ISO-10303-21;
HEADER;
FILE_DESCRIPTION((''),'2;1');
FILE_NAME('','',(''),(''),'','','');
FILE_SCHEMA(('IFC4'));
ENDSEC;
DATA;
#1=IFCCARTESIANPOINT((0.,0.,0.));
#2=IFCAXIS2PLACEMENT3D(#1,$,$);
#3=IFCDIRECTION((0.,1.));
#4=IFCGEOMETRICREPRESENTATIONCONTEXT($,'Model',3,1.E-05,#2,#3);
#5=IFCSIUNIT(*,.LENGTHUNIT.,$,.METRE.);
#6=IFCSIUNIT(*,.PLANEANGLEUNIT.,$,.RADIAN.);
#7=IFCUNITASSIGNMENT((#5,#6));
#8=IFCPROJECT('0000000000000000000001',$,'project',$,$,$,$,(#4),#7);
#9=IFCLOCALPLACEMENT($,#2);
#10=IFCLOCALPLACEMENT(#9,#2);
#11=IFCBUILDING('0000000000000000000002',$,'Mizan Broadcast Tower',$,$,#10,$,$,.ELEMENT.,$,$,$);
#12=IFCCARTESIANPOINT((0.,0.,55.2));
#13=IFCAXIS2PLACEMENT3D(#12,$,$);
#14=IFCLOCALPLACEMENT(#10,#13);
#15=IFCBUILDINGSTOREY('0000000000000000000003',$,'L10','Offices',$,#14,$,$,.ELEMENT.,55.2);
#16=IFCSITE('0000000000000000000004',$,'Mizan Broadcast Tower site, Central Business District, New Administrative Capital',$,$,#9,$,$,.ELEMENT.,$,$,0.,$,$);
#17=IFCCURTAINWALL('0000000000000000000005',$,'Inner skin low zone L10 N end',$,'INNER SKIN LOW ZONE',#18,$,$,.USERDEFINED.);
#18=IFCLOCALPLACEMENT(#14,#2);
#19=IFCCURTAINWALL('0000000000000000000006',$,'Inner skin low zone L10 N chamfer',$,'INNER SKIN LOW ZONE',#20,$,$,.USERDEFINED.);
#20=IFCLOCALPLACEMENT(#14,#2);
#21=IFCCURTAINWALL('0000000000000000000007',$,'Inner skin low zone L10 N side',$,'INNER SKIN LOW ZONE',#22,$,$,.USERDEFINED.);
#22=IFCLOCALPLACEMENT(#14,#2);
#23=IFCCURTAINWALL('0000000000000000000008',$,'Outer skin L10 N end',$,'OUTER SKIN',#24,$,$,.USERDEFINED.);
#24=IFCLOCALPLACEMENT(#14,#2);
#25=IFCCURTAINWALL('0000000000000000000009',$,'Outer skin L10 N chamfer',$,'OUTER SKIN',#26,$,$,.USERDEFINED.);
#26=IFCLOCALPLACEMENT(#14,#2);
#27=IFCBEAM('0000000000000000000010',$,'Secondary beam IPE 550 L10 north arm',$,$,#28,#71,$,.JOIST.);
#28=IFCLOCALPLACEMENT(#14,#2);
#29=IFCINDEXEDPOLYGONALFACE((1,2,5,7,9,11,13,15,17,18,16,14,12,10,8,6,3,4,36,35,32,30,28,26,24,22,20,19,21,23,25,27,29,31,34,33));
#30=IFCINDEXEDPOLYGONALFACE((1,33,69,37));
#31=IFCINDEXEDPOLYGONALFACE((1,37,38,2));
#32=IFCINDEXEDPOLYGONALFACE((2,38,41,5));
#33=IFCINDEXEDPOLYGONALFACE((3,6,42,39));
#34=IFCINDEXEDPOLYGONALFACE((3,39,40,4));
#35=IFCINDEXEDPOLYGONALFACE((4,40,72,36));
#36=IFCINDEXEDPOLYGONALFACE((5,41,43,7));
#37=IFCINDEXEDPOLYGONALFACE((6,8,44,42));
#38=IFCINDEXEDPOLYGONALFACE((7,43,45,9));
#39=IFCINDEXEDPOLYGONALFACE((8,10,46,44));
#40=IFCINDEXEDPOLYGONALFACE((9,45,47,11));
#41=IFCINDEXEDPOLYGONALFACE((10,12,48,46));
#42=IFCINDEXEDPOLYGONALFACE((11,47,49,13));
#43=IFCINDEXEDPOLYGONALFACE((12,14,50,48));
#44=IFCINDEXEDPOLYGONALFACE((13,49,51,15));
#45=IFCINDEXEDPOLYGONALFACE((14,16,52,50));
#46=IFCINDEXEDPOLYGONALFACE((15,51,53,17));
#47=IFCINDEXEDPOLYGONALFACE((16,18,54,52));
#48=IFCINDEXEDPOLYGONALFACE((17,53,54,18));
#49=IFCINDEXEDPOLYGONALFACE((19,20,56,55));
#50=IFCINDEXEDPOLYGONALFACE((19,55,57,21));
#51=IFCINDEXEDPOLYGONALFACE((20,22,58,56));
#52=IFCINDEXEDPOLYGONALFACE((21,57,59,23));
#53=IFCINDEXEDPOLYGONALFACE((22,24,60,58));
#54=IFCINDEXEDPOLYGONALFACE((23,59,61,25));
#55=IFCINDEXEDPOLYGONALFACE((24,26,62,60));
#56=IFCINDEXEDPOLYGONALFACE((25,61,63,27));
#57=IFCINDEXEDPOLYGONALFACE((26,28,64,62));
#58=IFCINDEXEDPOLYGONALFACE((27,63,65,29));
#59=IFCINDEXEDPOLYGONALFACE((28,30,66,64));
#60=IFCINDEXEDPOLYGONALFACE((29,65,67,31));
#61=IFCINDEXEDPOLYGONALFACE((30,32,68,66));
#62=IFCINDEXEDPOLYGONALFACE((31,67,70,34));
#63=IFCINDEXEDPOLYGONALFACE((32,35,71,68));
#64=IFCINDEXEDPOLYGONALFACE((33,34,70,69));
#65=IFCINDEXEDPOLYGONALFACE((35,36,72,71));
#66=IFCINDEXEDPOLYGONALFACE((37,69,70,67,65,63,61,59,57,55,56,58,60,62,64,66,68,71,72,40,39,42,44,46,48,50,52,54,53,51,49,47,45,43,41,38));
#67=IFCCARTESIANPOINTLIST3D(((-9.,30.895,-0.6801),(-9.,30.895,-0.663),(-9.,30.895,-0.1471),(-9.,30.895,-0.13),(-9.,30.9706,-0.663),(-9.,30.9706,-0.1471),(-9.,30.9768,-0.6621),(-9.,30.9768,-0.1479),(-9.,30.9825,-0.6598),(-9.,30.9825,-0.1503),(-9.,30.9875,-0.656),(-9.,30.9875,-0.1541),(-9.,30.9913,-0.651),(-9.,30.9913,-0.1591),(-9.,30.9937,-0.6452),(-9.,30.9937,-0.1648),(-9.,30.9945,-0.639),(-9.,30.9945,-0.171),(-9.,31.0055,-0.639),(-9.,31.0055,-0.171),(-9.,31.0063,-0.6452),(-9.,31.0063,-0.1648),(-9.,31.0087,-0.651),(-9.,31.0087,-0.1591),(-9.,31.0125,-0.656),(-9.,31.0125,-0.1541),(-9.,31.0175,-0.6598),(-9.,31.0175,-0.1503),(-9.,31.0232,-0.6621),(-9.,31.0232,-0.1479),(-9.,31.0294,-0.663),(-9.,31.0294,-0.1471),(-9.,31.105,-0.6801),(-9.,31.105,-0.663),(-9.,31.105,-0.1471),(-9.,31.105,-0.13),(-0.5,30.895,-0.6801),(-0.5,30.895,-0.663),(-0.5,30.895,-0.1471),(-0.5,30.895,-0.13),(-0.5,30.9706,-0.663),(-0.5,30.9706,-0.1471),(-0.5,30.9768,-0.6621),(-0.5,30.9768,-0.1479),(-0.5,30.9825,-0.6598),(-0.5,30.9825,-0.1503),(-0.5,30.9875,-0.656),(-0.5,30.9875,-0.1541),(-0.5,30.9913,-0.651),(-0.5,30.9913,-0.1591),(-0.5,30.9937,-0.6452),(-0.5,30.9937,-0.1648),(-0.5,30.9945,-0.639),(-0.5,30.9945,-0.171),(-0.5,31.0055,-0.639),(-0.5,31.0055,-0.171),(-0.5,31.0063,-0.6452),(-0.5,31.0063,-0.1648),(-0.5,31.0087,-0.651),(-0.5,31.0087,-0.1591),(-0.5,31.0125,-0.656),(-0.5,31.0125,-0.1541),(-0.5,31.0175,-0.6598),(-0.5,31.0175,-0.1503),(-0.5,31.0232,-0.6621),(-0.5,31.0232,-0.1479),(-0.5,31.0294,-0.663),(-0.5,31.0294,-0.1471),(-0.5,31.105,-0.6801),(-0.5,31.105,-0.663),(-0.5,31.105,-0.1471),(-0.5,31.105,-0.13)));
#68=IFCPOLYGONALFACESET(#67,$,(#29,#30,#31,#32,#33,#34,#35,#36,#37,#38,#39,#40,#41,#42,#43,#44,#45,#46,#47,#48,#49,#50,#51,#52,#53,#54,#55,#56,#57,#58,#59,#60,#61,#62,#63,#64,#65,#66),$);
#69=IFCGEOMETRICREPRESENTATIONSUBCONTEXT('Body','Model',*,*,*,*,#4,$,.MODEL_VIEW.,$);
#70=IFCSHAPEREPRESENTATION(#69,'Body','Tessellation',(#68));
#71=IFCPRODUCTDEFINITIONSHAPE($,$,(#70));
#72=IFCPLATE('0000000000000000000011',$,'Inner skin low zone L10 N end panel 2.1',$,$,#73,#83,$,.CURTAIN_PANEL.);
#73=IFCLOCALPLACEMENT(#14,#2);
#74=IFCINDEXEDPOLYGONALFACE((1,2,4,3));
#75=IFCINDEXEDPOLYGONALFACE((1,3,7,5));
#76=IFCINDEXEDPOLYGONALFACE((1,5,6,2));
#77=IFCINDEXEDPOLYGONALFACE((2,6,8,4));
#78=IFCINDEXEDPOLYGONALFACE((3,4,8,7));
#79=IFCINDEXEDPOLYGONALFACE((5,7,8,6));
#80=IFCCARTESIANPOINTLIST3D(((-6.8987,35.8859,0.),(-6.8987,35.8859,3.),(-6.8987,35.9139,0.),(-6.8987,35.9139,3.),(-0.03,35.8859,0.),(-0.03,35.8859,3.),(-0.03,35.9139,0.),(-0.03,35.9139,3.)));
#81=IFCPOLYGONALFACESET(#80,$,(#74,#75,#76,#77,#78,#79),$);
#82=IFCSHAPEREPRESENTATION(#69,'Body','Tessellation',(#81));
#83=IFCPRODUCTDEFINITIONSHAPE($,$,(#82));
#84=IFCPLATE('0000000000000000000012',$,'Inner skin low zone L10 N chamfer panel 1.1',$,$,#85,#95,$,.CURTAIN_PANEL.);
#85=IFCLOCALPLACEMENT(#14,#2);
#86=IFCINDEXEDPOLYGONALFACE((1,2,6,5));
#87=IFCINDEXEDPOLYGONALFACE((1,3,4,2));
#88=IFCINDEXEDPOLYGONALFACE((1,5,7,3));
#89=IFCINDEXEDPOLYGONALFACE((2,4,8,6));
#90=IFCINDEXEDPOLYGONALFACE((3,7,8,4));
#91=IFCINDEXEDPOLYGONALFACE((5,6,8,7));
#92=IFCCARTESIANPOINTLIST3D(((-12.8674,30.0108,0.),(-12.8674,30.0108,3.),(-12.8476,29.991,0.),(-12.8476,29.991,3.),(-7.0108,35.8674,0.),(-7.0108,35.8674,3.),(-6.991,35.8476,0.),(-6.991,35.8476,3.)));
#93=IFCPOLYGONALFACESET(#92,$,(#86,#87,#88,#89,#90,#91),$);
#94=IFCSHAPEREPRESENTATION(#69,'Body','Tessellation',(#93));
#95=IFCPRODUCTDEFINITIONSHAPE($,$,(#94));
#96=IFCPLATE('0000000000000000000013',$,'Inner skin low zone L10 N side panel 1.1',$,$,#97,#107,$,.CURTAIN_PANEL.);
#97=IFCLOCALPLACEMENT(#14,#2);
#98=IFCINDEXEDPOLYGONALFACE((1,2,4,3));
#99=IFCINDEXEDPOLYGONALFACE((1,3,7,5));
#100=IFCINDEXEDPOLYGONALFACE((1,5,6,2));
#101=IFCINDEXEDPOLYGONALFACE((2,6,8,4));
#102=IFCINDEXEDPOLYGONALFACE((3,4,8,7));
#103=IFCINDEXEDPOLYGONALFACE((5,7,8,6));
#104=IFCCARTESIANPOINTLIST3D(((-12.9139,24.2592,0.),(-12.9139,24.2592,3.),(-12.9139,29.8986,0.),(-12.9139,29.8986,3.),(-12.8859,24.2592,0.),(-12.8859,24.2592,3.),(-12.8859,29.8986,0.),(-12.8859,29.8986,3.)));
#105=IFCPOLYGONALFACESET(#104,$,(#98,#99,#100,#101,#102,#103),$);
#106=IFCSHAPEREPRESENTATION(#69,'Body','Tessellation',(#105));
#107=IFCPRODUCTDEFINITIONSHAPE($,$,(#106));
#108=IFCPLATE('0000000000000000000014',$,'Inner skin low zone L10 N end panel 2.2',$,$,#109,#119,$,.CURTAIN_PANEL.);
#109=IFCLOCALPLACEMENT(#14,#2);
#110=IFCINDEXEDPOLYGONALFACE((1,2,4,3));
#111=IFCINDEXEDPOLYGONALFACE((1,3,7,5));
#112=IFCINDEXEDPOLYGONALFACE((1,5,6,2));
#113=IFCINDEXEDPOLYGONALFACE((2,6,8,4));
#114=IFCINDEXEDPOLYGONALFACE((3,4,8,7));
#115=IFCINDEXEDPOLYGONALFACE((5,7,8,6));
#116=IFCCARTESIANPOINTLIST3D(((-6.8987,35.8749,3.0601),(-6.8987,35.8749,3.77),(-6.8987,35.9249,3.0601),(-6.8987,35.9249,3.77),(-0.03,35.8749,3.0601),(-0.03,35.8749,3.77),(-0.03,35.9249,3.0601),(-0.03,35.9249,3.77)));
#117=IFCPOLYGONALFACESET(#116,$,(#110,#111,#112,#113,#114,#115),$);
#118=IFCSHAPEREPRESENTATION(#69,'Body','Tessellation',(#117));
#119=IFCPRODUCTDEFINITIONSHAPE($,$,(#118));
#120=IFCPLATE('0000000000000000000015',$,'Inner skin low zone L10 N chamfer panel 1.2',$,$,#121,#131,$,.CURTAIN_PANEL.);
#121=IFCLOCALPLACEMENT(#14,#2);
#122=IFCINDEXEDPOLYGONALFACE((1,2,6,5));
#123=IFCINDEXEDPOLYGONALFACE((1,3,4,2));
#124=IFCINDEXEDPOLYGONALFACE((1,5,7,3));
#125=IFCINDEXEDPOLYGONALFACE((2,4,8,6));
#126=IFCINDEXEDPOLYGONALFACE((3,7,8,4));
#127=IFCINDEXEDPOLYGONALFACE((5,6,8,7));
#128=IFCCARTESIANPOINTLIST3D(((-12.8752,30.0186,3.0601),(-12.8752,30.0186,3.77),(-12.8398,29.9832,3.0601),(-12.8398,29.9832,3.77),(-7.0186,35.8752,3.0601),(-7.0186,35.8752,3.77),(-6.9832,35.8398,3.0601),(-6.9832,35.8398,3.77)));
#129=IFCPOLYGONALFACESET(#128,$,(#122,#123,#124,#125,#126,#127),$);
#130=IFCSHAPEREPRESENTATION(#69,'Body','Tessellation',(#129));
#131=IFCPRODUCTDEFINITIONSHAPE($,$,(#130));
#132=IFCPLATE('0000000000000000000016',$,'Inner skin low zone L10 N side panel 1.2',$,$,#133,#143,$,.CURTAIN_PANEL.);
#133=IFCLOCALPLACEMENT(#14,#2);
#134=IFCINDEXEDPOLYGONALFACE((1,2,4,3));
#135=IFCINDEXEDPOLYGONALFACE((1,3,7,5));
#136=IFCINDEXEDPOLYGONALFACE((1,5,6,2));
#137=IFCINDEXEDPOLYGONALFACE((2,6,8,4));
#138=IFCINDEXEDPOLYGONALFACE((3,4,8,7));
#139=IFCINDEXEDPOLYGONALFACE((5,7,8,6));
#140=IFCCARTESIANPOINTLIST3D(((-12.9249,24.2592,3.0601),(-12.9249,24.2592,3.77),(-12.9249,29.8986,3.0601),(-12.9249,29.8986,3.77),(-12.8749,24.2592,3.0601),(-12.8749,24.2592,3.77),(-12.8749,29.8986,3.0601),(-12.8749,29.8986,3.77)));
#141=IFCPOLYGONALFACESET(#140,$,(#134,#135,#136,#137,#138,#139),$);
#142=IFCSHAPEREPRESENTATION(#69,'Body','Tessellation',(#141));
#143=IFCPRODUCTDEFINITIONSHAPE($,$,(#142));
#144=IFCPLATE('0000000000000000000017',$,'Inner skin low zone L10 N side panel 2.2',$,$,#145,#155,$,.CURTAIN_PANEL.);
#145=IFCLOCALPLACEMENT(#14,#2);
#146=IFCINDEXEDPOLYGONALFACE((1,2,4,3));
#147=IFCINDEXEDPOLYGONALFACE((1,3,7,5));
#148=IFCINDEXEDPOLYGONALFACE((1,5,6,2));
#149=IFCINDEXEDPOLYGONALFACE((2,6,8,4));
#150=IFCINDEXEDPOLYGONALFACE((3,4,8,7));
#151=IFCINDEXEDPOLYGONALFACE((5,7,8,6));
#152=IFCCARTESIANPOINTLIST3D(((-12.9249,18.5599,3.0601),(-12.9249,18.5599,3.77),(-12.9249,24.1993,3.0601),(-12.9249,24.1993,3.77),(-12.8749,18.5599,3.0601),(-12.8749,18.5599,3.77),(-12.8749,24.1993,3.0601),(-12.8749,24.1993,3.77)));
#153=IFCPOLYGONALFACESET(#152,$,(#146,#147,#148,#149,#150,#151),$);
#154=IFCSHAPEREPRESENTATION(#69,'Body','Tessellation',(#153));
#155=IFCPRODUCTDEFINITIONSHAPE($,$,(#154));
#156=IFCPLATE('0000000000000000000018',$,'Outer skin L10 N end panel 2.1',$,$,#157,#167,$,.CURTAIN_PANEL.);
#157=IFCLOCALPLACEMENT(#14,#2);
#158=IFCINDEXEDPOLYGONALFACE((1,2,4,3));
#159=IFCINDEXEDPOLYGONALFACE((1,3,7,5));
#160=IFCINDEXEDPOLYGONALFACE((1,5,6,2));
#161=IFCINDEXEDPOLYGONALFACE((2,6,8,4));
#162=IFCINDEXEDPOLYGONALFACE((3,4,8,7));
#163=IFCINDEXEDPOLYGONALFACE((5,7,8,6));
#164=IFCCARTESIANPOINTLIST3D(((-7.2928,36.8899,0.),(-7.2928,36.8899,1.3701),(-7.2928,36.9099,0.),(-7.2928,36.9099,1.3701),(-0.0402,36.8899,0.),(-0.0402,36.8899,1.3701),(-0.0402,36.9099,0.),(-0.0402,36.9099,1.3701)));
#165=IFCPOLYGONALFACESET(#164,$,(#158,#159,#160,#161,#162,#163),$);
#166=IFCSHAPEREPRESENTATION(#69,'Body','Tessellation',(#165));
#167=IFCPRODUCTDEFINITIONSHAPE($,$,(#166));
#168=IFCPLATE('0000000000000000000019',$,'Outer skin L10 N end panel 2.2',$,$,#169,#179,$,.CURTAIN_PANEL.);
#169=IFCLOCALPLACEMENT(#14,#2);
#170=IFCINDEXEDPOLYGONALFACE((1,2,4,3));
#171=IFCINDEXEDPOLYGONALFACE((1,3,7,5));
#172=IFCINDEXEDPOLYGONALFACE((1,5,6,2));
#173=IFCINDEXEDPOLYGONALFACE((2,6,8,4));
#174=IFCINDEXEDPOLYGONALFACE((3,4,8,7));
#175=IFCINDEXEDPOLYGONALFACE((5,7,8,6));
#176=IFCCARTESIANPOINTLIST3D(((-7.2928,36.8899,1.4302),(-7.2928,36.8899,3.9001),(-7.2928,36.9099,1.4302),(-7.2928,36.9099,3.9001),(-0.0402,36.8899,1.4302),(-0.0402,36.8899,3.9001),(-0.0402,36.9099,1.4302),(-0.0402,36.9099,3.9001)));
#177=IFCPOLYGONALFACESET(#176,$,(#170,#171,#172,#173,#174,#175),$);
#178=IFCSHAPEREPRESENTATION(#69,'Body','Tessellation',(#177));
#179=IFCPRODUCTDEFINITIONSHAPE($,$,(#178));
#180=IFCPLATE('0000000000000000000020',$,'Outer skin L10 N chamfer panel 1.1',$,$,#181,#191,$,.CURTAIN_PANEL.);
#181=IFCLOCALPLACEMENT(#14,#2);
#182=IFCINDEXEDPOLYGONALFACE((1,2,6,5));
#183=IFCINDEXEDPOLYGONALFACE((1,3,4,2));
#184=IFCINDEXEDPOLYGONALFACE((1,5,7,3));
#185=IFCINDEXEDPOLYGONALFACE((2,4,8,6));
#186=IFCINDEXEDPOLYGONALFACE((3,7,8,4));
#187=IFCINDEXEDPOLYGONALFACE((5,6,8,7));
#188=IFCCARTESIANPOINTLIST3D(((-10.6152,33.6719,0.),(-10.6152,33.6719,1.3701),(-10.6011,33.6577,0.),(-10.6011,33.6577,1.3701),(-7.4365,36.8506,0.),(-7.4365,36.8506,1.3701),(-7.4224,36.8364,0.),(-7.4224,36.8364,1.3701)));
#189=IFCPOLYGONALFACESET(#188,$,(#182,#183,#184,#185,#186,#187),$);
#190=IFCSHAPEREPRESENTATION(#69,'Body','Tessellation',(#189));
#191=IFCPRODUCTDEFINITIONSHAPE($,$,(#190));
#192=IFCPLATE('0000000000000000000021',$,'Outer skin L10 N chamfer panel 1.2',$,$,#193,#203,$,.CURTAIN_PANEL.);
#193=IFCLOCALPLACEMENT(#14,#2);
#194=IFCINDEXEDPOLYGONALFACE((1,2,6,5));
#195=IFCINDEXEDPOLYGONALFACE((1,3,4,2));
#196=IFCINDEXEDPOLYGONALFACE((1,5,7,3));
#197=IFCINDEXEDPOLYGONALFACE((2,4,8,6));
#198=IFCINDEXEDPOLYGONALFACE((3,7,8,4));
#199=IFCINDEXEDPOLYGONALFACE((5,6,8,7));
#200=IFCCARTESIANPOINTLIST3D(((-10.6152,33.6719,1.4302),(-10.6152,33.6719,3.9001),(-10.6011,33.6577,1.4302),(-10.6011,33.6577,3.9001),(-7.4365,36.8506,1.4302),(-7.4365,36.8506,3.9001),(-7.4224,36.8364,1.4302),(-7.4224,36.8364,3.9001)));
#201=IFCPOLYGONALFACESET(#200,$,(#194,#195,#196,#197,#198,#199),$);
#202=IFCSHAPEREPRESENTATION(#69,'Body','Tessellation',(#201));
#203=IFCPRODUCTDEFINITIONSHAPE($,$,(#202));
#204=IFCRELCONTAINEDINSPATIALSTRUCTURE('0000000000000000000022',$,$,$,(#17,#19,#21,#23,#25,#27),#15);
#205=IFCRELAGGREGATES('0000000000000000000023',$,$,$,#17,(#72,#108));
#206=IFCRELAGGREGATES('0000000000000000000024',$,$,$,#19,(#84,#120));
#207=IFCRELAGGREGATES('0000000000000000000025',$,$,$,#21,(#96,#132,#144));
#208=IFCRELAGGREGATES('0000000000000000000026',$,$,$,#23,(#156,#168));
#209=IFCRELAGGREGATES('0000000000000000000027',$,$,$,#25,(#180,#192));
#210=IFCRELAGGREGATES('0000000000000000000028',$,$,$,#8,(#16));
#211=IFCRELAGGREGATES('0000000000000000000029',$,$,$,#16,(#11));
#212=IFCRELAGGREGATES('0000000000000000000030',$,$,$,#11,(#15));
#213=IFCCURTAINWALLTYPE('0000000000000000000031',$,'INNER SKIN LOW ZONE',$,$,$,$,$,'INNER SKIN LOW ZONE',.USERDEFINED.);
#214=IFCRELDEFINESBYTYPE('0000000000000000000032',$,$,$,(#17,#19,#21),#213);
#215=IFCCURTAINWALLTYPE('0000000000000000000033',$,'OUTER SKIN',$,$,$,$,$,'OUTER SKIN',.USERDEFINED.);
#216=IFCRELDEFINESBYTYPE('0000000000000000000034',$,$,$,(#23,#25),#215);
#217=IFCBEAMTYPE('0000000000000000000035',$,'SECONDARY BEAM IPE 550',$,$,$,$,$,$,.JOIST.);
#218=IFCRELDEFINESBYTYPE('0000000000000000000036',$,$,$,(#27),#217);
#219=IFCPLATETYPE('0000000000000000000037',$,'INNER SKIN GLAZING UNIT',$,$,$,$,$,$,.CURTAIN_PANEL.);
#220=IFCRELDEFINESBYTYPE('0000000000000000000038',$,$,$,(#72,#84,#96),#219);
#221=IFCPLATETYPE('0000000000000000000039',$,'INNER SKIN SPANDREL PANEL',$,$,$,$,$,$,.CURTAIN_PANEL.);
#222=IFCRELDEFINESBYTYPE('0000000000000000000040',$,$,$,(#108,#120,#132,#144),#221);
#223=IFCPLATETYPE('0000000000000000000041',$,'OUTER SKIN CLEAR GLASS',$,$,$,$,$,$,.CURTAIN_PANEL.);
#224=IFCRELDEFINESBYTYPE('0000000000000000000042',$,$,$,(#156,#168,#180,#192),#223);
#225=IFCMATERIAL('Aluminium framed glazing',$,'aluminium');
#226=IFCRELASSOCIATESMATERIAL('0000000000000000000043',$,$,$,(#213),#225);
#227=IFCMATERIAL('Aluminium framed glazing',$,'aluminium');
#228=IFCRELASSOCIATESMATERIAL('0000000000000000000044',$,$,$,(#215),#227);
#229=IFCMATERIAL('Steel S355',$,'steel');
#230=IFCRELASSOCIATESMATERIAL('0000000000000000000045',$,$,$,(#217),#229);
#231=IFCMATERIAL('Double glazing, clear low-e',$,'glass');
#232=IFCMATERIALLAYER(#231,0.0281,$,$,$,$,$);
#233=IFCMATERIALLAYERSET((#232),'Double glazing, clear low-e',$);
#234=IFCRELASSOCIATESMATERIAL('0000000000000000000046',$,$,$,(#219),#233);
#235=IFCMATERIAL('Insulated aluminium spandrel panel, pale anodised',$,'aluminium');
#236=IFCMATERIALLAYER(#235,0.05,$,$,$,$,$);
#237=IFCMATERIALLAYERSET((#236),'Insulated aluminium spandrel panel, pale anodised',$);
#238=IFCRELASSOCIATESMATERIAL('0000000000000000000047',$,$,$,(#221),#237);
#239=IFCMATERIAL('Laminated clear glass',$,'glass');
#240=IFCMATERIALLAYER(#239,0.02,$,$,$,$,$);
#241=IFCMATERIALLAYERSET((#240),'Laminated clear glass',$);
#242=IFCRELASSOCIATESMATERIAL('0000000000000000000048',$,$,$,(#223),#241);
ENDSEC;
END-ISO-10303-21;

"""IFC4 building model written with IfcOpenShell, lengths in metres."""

from ifc_helpers import new_model, si_unit, direction, frame, origin, origin_2d, place, context, subcontext, project, spatial, rectangle, i_section, extrude, material, layer, layer_set, material_profile, profile_set, type_object, element, aggregate, save


model = new_model("IFC4")

# Units and contexts
model_context = context("Model", 3, precision=1e-05, world=origin(), true_north=direction((0.0, 1.0)))
body_context = subcontext(model_context, "Body", "Model", "MODEL_VIEW")
ifc_project = project(units=[si_unit("LENGTHUNIT", "METRE"), si_unit("PLANEANGLEUNIT", "RADIAN")], contexts=[model_context])

# Site, building, storey
site_placement = place(None, origin())
site = spatial("IfcSite", under=ifc_project, at=site_placement, Name="Mizan Broadcast Tower site, Central Business District, New Administrative Capital", CompositionType="ELEMENT", RefElevation=0.0)
building_placement = place(site_placement, origin())
building = spatial("IfcBuilding", under=site, at=building_placement, Name="Mizan Broadcast Tower", CompositionType="ELEMENT")
storey_placement = place(building_placement, frame((0.0, 0.0, 55.2)))
storey = spatial("IfcBuildingStorey", under=building, at=storey_placement, Name="L10", Description="Offices", CompositionType="ELEMENT", Elevation=55.2)

# Curtain walls
ifc_material_1 = material(Name="Aluminium framed glazing", Category="aluminium")
curtain_wall_type_1 = type_object("IfcCurtainWallType", Name="INNER SKIN LOW ZONE", ElementType="INNER SKIN LOW ZONE", PredefinedType="USERDEFINED", material=ifc_material_1)
curtain_wall_1_placement = place(storey_placement, origin())
curtain_wall_1 = element("IfcCurtainWall", 1, at=curtain_wall_1_placement, inside=storey, type_object=curtain_wall_type_1, Name="Inner skin low zone L10 N end", ObjectType="INNER SKIN LOW ZONE", PredefinedType="USERDEFINED")
curtain_wall_2_placement = place(storey_placement, origin())
curtain_wall_2 = element("IfcCurtainWall", 2, at=curtain_wall_2_placement, inside=storey, type_object=curtain_wall_type_1, Name="Inner skin low zone L10 N chamfer", ObjectType="INNER SKIN LOW ZONE", PredefinedType="USERDEFINED")
curtain_wall_3_placement = place(storey_placement, origin())
curtain_wall_3 = element("IfcCurtainWall", 3, at=curtain_wall_3_placement, inside=storey, type_object=curtain_wall_type_1, Name="Inner skin low zone L10 N side", ObjectType="INNER SKIN LOW ZONE", PredefinedType="USERDEFINED")

# Curtain walls
ifc_material_2 = material(Name="Aluminium framed glazing", Category="aluminium")
curtain_wall_type_2 = type_object("IfcCurtainWallType", Name="OUTER SKIN", ElementType="OUTER SKIN", PredefinedType="USERDEFINED", material=ifc_material_2)
curtain_wall_4_placement = place(storey_placement, origin())
curtain_wall_4 = element("IfcCurtainWall", 4, at=curtain_wall_4_placement, inside=storey, type_object=curtain_wall_type_2, Name="Outer skin L10 N end", ObjectType="OUTER SKIN", PredefinedType="USERDEFINED")
curtain_wall_5_placement = place(storey_placement, origin())
curtain_wall_5 = element("IfcCurtainWall", 5, at=curtain_wall_5_placement, inside=storey, type_object=curtain_wall_type_2, Name="Outer skin L10 N chamfer", ObjectType="OUTER SKIN", PredefinedType="USERDEFINED")

# Beam
ifc_material_3 = material(Name="Steel S355", Category="steel")
ifc_material_profile_1 = material_profile(ifc_material_3, i_section(OverallWidth=0.21, OverallDepth=0.55, WebThickness=0.011, FlangeThickness=0.0171, FilletRadius=0.0239, at=origin_2d()), Name="IPE 550")
ifc_profile_set_1 = profile_set([ifc_material_profile_1], Name="Steel S355")
beam_type_1 = type_object("IfcBeamType", Name="SECONDARY BEAM IPE 550", PredefinedType="JOIST", material=ifc_profile_set_1)
beam_1_placement = place(storey_placement, frame((-9.0, 31.0, -0.405), z_axis=(1.0, 0.0, 0.0), x_axis=(0.0, 1.0, 0.0)))
element("IfcBeam", 6, at=beam_1_placement, inside=storey, type_object=beam_type_1, Name="Secondary beam IPE 550 L10 north arm", PredefinedType="JOIST", context=body_context, shape_type="SweptSolid", body=[
    extrude(i_section(OverallWidth=0.21, OverallDepth=0.55, WebThickness=0.011, FlangeThickness=0.0171, FilletRadius=0.0239, at=origin_2d()), origin(), (0.0, 0.0, 1.0), 8.5),
])

# Plates
ifc_material_4 = material(Name="Double glazing, clear low-e", Category="glass")
ifc_layer_1 = layer(ifc_material_4, 0.0281)
ifc_layer_set_1 = layer_set([ifc_layer_1], Name="Double glazing, clear low-e")
plate_type_1 = type_object("IfcPlateType", Name="INNER SKIN GLAZING UNIT", PredefinedType="CURTAIN_PANEL", material=ifc_layer_set_1)
plate_1_placement = place(storey_placement, frame((-3.4644, 35.8999, 0.0), z_axis=(0.0, 0.0, 1.0), x_axis=(-1.0, 0.0, 0.0)))
plate_1 = element("IfcPlate", 7, at=plate_1_placement, type_object=plate_type_1, Name="Inner skin low zone L10 N end panel 2.1", PredefinedType="CURTAIN_PANEL", context=body_context, shape_type="SweptSolid", body=[
    extrude(rectangle(XDim=6.8687, YDim=0.0281, at=origin_2d()), origin(), (0.0, 0.0, 1.0), 3.0),
])
plate_2_placement = place(storey_placement, frame((-9.9292, 32.9292, 0.0), z_axis=(0.0, 0.0, 1.0), x_axis=(-0.707107, -0.707107, 0.0)))
plate_2 = element("IfcPlate", 8, at=plate_2_placement, type_object=plate_type_1, Name="Inner skin low zone L10 N chamfer panel 1.1", PredefinedType="CURTAIN_PANEL", context=body_context, shape_type="SweptSolid", body=[
    extrude(rectangle(XDim=8.2825, YDim=0.0281, at=origin_2d()), origin(), (0.0, 0.0, 1.0), 3.0),
])
plate_3_placement = place(storey_placement, frame((-12.8999, 27.0789, 0.0), z_axis=(0.0, 0.0, 1.0), x_axis=(0.0, -1.0, 0.0)))
plate_3 = element("IfcPlate", 9, at=plate_3_placement, type_object=plate_type_1, Name="Inner skin low zone L10 N side panel 1.1", PredefinedType="CURTAIN_PANEL", context=body_context, shape_type="SweptSolid", body=[
    extrude(rectangle(XDim=5.6394, YDim=0.0281, at=origin_2d()), origin(), (0.0, 0.0, 1.0), 3.0),
])
ifc_material_5 = material(Name="Insulated aluminium spandrel panel, pale anodised", Category="aluminium")
ifc_layer_2 = layer(ifc_material_5, 0.05)
ifc_layer_set_2 = layer_set([ifc_layer_2], Name="Insulated aluminium spandrel panel, pale anodised")
plate_type_2 = type_object("IfcPlateType", Name="INNER SKIN SPANDREL PANEL", PredefinedType="CURTAIN_PANEL", material=ifc_layer_set_2)
plate_4_placement = place(storey_placement, frame((-3.4644, 35.8999, 3.0601), z_axis=(0.0, 0.0, 1.0), x_axis=(-1.0, 0.0, 0.0)))
plate_4 = element("IfcPlate", 10, at=plate_4_placement, type_object=plate_type_2, Name="Inner skin low zone L10 N end panel 2.2", PredefinedType="CURTAIN_PANEL", context=body_context, shape_type="SweptSolid", body=[
    extrude(rectangle(XDim=6.8687, YDim=0.05, at=origin_2d()), origin(), (0.0, 0.0, 1.0), 0.71),
])
aggregate(curtain_wall_1, [plate_1, plate_4])
plate_5_placement = place(storey_placement, frame((-9.9292, 32.9292, 3.0601), z_axis=(0.0, 0.0, 1.0), x_axis=(-0.707107, -0.707107, 0.0)))
plate_5 = element("IfcPlate", 11, at=plate_5_placement, type_object=plate_type_2, Name="Inner skin low zone L10 N chamfer panel 1.2", PredefinedType="CURTAIN_PANEL", context=body_context, shape_type="SweptSolid", body=[
    extrude(rectangle(XDim=8.2825, YDim=0.05, at=origin_2d()), origin(), (0.0, 0.0, 1.0), 0.71),
])
aggregate(curtain_wall_2, [plate_2, plate_5])
plate_6_placement = place(storey_placement, frame((-12.8999, 27.0789, 3.0601), z_axis=(0.0, 0.0, 1.0), x_axis=(0.0, -1.0, 0.0)))
plate_6 = element("IfcPlate", 12, at=plate_6_placement, type_object=plate_type_2, Name="Inner skin low zone L10 N side panel 1.2", PredefinedType="CURTAIN_PANEL", context=body_context, shape_type="SweptSolid", body=[
    extrude(rectangle(XDim=5.6394, YDim=0.05, at=origin_2d()), origin(), (0.0, 0.0, 1.0), 0.71),
])
plate_7_placement = place(storey_placement, frame((-12.8999, 21.3796, 3.0601), z_axis=(0.0, 0.0, 1.0), x_axis=(0.0, -1.0, 0.0)))
plate_7 = element("IfcPlate", 13, at=plate_7_placement, type_object=plate_type_2, Name="Inner skin low zone L10 N side panel 2.2", PredefinedType="CURTAIN_PANEL", context=body_context, shape_type="SweptSolid", body=[
    extrude(rectangle(XDim=5.6394, YDim=0.05, at=origin_2d()), origin(), (0.0, 0.0, 1.0), 0.71),
])
aggregate(curtain_wall_3, [plate_3, plate_6, plate_7])
ifc_material_6 = material(Name="Laminated clear glass", Category="glass")
ifc_layer_3 = layer(ifc_material_6, 0.02)
ifc_layer_set_3 = layer_set([ifc_layer_3], Name="Laminated clear glass")
plate_type_3 = type_object("IfcPlateType", Name="OUTER SKIN CLEAR GLASS", PredefinedType="CURTAIN_PANEL", material=ifc_layer_set_3)
plate_8_placement = place(storey_placement, frame((-3.6665, 36.8999, 0.0), z_axis=(0.0, 0.0, 1.0), x_axis=(-1.0, 0.0, 0.0)))
plate_8 = element("IfcPlate", 14, at=plate_8_placement, type_object=plate_type_3, Name="Outer skin L10 N end panel 2.1", PredefinedType="CURTAIN_PANEL", context=body_context, shape_type="SweptSolid", body=[
    extrude(rectangle(XDim=7.2527, YDim=0.02, at=origin_2d()), origin(), (0.0, 0.0, 1.0), 1.3701),
])
plate_9_placement = place(storey_placement, frame((-3.6665, 36.8999, 1.4302), z_axis=(0.0, 0.0, 1.0), x_axis=(-1.0, 0.0, 0.0)))
plate_9 = element("IfcPlate", 15, at=plate_9_placement, type_object=plate_type_3, Name="Outer skin L10 N end panel 2.2", PredefinedType="CURTAIN_PANEL", context=body_context, shape_type="SweptSolid", body=[
    extrude(rectangle(XDim=7.2527, YDim=0.02, at=origin_2d()), origin(), (0.0, 0.0, 1.0), 2.47),
])
aggregate(curtain_wall_4, [plate_8, plate_9])
plate_10_placement = place(storey_placement, frame((-9.0188, 35.2542, 0.0), z_axis=(0.0, 0.0, 1.0), x_axis=(-0.707107, -0.707107, 0.0)))
plate_10 = element("IfcPlate", 16, at=plate_10_placement, type_object=plate_type_3, Name="Outer skin L10 N chamfer panel 1.1", PredefinedType="CURTAIN_PANEL", context=body_context, shape_type="SweptSolid", body=[
    extrude(rectangle(XDim=4.4954, YDim=0.02, at=origin_2d()), origin(), (0.0, 0.0, 1.0), 1.3701),
])
plate_11_placement = place(storey_placement, frame((-9.0188, 35.2542, 1.4302), z_axis=(0.0, 0.0, 1.0), x_axis=(-0.707107, -0.707107, 0.0)))
plate_11 = element("IfcPlate", 17, at=plate_11_placement, type_object=plate_type_3, Name="Outer skin L10 N chamfer panel 1.2", PredefinedType="CURTAIN_PANEL", context=body_context, shape_type="SweptSolid", body=[
    extrude(rectangle(XDim=4.4954, YDim=0.02, at=origin_2d()), origin(), (0.0, 0.0, 1.0), 2.47),
])
aggregate(curtain_wall_5, [plate_10, plate_11])

save(model, "model.ifc")
